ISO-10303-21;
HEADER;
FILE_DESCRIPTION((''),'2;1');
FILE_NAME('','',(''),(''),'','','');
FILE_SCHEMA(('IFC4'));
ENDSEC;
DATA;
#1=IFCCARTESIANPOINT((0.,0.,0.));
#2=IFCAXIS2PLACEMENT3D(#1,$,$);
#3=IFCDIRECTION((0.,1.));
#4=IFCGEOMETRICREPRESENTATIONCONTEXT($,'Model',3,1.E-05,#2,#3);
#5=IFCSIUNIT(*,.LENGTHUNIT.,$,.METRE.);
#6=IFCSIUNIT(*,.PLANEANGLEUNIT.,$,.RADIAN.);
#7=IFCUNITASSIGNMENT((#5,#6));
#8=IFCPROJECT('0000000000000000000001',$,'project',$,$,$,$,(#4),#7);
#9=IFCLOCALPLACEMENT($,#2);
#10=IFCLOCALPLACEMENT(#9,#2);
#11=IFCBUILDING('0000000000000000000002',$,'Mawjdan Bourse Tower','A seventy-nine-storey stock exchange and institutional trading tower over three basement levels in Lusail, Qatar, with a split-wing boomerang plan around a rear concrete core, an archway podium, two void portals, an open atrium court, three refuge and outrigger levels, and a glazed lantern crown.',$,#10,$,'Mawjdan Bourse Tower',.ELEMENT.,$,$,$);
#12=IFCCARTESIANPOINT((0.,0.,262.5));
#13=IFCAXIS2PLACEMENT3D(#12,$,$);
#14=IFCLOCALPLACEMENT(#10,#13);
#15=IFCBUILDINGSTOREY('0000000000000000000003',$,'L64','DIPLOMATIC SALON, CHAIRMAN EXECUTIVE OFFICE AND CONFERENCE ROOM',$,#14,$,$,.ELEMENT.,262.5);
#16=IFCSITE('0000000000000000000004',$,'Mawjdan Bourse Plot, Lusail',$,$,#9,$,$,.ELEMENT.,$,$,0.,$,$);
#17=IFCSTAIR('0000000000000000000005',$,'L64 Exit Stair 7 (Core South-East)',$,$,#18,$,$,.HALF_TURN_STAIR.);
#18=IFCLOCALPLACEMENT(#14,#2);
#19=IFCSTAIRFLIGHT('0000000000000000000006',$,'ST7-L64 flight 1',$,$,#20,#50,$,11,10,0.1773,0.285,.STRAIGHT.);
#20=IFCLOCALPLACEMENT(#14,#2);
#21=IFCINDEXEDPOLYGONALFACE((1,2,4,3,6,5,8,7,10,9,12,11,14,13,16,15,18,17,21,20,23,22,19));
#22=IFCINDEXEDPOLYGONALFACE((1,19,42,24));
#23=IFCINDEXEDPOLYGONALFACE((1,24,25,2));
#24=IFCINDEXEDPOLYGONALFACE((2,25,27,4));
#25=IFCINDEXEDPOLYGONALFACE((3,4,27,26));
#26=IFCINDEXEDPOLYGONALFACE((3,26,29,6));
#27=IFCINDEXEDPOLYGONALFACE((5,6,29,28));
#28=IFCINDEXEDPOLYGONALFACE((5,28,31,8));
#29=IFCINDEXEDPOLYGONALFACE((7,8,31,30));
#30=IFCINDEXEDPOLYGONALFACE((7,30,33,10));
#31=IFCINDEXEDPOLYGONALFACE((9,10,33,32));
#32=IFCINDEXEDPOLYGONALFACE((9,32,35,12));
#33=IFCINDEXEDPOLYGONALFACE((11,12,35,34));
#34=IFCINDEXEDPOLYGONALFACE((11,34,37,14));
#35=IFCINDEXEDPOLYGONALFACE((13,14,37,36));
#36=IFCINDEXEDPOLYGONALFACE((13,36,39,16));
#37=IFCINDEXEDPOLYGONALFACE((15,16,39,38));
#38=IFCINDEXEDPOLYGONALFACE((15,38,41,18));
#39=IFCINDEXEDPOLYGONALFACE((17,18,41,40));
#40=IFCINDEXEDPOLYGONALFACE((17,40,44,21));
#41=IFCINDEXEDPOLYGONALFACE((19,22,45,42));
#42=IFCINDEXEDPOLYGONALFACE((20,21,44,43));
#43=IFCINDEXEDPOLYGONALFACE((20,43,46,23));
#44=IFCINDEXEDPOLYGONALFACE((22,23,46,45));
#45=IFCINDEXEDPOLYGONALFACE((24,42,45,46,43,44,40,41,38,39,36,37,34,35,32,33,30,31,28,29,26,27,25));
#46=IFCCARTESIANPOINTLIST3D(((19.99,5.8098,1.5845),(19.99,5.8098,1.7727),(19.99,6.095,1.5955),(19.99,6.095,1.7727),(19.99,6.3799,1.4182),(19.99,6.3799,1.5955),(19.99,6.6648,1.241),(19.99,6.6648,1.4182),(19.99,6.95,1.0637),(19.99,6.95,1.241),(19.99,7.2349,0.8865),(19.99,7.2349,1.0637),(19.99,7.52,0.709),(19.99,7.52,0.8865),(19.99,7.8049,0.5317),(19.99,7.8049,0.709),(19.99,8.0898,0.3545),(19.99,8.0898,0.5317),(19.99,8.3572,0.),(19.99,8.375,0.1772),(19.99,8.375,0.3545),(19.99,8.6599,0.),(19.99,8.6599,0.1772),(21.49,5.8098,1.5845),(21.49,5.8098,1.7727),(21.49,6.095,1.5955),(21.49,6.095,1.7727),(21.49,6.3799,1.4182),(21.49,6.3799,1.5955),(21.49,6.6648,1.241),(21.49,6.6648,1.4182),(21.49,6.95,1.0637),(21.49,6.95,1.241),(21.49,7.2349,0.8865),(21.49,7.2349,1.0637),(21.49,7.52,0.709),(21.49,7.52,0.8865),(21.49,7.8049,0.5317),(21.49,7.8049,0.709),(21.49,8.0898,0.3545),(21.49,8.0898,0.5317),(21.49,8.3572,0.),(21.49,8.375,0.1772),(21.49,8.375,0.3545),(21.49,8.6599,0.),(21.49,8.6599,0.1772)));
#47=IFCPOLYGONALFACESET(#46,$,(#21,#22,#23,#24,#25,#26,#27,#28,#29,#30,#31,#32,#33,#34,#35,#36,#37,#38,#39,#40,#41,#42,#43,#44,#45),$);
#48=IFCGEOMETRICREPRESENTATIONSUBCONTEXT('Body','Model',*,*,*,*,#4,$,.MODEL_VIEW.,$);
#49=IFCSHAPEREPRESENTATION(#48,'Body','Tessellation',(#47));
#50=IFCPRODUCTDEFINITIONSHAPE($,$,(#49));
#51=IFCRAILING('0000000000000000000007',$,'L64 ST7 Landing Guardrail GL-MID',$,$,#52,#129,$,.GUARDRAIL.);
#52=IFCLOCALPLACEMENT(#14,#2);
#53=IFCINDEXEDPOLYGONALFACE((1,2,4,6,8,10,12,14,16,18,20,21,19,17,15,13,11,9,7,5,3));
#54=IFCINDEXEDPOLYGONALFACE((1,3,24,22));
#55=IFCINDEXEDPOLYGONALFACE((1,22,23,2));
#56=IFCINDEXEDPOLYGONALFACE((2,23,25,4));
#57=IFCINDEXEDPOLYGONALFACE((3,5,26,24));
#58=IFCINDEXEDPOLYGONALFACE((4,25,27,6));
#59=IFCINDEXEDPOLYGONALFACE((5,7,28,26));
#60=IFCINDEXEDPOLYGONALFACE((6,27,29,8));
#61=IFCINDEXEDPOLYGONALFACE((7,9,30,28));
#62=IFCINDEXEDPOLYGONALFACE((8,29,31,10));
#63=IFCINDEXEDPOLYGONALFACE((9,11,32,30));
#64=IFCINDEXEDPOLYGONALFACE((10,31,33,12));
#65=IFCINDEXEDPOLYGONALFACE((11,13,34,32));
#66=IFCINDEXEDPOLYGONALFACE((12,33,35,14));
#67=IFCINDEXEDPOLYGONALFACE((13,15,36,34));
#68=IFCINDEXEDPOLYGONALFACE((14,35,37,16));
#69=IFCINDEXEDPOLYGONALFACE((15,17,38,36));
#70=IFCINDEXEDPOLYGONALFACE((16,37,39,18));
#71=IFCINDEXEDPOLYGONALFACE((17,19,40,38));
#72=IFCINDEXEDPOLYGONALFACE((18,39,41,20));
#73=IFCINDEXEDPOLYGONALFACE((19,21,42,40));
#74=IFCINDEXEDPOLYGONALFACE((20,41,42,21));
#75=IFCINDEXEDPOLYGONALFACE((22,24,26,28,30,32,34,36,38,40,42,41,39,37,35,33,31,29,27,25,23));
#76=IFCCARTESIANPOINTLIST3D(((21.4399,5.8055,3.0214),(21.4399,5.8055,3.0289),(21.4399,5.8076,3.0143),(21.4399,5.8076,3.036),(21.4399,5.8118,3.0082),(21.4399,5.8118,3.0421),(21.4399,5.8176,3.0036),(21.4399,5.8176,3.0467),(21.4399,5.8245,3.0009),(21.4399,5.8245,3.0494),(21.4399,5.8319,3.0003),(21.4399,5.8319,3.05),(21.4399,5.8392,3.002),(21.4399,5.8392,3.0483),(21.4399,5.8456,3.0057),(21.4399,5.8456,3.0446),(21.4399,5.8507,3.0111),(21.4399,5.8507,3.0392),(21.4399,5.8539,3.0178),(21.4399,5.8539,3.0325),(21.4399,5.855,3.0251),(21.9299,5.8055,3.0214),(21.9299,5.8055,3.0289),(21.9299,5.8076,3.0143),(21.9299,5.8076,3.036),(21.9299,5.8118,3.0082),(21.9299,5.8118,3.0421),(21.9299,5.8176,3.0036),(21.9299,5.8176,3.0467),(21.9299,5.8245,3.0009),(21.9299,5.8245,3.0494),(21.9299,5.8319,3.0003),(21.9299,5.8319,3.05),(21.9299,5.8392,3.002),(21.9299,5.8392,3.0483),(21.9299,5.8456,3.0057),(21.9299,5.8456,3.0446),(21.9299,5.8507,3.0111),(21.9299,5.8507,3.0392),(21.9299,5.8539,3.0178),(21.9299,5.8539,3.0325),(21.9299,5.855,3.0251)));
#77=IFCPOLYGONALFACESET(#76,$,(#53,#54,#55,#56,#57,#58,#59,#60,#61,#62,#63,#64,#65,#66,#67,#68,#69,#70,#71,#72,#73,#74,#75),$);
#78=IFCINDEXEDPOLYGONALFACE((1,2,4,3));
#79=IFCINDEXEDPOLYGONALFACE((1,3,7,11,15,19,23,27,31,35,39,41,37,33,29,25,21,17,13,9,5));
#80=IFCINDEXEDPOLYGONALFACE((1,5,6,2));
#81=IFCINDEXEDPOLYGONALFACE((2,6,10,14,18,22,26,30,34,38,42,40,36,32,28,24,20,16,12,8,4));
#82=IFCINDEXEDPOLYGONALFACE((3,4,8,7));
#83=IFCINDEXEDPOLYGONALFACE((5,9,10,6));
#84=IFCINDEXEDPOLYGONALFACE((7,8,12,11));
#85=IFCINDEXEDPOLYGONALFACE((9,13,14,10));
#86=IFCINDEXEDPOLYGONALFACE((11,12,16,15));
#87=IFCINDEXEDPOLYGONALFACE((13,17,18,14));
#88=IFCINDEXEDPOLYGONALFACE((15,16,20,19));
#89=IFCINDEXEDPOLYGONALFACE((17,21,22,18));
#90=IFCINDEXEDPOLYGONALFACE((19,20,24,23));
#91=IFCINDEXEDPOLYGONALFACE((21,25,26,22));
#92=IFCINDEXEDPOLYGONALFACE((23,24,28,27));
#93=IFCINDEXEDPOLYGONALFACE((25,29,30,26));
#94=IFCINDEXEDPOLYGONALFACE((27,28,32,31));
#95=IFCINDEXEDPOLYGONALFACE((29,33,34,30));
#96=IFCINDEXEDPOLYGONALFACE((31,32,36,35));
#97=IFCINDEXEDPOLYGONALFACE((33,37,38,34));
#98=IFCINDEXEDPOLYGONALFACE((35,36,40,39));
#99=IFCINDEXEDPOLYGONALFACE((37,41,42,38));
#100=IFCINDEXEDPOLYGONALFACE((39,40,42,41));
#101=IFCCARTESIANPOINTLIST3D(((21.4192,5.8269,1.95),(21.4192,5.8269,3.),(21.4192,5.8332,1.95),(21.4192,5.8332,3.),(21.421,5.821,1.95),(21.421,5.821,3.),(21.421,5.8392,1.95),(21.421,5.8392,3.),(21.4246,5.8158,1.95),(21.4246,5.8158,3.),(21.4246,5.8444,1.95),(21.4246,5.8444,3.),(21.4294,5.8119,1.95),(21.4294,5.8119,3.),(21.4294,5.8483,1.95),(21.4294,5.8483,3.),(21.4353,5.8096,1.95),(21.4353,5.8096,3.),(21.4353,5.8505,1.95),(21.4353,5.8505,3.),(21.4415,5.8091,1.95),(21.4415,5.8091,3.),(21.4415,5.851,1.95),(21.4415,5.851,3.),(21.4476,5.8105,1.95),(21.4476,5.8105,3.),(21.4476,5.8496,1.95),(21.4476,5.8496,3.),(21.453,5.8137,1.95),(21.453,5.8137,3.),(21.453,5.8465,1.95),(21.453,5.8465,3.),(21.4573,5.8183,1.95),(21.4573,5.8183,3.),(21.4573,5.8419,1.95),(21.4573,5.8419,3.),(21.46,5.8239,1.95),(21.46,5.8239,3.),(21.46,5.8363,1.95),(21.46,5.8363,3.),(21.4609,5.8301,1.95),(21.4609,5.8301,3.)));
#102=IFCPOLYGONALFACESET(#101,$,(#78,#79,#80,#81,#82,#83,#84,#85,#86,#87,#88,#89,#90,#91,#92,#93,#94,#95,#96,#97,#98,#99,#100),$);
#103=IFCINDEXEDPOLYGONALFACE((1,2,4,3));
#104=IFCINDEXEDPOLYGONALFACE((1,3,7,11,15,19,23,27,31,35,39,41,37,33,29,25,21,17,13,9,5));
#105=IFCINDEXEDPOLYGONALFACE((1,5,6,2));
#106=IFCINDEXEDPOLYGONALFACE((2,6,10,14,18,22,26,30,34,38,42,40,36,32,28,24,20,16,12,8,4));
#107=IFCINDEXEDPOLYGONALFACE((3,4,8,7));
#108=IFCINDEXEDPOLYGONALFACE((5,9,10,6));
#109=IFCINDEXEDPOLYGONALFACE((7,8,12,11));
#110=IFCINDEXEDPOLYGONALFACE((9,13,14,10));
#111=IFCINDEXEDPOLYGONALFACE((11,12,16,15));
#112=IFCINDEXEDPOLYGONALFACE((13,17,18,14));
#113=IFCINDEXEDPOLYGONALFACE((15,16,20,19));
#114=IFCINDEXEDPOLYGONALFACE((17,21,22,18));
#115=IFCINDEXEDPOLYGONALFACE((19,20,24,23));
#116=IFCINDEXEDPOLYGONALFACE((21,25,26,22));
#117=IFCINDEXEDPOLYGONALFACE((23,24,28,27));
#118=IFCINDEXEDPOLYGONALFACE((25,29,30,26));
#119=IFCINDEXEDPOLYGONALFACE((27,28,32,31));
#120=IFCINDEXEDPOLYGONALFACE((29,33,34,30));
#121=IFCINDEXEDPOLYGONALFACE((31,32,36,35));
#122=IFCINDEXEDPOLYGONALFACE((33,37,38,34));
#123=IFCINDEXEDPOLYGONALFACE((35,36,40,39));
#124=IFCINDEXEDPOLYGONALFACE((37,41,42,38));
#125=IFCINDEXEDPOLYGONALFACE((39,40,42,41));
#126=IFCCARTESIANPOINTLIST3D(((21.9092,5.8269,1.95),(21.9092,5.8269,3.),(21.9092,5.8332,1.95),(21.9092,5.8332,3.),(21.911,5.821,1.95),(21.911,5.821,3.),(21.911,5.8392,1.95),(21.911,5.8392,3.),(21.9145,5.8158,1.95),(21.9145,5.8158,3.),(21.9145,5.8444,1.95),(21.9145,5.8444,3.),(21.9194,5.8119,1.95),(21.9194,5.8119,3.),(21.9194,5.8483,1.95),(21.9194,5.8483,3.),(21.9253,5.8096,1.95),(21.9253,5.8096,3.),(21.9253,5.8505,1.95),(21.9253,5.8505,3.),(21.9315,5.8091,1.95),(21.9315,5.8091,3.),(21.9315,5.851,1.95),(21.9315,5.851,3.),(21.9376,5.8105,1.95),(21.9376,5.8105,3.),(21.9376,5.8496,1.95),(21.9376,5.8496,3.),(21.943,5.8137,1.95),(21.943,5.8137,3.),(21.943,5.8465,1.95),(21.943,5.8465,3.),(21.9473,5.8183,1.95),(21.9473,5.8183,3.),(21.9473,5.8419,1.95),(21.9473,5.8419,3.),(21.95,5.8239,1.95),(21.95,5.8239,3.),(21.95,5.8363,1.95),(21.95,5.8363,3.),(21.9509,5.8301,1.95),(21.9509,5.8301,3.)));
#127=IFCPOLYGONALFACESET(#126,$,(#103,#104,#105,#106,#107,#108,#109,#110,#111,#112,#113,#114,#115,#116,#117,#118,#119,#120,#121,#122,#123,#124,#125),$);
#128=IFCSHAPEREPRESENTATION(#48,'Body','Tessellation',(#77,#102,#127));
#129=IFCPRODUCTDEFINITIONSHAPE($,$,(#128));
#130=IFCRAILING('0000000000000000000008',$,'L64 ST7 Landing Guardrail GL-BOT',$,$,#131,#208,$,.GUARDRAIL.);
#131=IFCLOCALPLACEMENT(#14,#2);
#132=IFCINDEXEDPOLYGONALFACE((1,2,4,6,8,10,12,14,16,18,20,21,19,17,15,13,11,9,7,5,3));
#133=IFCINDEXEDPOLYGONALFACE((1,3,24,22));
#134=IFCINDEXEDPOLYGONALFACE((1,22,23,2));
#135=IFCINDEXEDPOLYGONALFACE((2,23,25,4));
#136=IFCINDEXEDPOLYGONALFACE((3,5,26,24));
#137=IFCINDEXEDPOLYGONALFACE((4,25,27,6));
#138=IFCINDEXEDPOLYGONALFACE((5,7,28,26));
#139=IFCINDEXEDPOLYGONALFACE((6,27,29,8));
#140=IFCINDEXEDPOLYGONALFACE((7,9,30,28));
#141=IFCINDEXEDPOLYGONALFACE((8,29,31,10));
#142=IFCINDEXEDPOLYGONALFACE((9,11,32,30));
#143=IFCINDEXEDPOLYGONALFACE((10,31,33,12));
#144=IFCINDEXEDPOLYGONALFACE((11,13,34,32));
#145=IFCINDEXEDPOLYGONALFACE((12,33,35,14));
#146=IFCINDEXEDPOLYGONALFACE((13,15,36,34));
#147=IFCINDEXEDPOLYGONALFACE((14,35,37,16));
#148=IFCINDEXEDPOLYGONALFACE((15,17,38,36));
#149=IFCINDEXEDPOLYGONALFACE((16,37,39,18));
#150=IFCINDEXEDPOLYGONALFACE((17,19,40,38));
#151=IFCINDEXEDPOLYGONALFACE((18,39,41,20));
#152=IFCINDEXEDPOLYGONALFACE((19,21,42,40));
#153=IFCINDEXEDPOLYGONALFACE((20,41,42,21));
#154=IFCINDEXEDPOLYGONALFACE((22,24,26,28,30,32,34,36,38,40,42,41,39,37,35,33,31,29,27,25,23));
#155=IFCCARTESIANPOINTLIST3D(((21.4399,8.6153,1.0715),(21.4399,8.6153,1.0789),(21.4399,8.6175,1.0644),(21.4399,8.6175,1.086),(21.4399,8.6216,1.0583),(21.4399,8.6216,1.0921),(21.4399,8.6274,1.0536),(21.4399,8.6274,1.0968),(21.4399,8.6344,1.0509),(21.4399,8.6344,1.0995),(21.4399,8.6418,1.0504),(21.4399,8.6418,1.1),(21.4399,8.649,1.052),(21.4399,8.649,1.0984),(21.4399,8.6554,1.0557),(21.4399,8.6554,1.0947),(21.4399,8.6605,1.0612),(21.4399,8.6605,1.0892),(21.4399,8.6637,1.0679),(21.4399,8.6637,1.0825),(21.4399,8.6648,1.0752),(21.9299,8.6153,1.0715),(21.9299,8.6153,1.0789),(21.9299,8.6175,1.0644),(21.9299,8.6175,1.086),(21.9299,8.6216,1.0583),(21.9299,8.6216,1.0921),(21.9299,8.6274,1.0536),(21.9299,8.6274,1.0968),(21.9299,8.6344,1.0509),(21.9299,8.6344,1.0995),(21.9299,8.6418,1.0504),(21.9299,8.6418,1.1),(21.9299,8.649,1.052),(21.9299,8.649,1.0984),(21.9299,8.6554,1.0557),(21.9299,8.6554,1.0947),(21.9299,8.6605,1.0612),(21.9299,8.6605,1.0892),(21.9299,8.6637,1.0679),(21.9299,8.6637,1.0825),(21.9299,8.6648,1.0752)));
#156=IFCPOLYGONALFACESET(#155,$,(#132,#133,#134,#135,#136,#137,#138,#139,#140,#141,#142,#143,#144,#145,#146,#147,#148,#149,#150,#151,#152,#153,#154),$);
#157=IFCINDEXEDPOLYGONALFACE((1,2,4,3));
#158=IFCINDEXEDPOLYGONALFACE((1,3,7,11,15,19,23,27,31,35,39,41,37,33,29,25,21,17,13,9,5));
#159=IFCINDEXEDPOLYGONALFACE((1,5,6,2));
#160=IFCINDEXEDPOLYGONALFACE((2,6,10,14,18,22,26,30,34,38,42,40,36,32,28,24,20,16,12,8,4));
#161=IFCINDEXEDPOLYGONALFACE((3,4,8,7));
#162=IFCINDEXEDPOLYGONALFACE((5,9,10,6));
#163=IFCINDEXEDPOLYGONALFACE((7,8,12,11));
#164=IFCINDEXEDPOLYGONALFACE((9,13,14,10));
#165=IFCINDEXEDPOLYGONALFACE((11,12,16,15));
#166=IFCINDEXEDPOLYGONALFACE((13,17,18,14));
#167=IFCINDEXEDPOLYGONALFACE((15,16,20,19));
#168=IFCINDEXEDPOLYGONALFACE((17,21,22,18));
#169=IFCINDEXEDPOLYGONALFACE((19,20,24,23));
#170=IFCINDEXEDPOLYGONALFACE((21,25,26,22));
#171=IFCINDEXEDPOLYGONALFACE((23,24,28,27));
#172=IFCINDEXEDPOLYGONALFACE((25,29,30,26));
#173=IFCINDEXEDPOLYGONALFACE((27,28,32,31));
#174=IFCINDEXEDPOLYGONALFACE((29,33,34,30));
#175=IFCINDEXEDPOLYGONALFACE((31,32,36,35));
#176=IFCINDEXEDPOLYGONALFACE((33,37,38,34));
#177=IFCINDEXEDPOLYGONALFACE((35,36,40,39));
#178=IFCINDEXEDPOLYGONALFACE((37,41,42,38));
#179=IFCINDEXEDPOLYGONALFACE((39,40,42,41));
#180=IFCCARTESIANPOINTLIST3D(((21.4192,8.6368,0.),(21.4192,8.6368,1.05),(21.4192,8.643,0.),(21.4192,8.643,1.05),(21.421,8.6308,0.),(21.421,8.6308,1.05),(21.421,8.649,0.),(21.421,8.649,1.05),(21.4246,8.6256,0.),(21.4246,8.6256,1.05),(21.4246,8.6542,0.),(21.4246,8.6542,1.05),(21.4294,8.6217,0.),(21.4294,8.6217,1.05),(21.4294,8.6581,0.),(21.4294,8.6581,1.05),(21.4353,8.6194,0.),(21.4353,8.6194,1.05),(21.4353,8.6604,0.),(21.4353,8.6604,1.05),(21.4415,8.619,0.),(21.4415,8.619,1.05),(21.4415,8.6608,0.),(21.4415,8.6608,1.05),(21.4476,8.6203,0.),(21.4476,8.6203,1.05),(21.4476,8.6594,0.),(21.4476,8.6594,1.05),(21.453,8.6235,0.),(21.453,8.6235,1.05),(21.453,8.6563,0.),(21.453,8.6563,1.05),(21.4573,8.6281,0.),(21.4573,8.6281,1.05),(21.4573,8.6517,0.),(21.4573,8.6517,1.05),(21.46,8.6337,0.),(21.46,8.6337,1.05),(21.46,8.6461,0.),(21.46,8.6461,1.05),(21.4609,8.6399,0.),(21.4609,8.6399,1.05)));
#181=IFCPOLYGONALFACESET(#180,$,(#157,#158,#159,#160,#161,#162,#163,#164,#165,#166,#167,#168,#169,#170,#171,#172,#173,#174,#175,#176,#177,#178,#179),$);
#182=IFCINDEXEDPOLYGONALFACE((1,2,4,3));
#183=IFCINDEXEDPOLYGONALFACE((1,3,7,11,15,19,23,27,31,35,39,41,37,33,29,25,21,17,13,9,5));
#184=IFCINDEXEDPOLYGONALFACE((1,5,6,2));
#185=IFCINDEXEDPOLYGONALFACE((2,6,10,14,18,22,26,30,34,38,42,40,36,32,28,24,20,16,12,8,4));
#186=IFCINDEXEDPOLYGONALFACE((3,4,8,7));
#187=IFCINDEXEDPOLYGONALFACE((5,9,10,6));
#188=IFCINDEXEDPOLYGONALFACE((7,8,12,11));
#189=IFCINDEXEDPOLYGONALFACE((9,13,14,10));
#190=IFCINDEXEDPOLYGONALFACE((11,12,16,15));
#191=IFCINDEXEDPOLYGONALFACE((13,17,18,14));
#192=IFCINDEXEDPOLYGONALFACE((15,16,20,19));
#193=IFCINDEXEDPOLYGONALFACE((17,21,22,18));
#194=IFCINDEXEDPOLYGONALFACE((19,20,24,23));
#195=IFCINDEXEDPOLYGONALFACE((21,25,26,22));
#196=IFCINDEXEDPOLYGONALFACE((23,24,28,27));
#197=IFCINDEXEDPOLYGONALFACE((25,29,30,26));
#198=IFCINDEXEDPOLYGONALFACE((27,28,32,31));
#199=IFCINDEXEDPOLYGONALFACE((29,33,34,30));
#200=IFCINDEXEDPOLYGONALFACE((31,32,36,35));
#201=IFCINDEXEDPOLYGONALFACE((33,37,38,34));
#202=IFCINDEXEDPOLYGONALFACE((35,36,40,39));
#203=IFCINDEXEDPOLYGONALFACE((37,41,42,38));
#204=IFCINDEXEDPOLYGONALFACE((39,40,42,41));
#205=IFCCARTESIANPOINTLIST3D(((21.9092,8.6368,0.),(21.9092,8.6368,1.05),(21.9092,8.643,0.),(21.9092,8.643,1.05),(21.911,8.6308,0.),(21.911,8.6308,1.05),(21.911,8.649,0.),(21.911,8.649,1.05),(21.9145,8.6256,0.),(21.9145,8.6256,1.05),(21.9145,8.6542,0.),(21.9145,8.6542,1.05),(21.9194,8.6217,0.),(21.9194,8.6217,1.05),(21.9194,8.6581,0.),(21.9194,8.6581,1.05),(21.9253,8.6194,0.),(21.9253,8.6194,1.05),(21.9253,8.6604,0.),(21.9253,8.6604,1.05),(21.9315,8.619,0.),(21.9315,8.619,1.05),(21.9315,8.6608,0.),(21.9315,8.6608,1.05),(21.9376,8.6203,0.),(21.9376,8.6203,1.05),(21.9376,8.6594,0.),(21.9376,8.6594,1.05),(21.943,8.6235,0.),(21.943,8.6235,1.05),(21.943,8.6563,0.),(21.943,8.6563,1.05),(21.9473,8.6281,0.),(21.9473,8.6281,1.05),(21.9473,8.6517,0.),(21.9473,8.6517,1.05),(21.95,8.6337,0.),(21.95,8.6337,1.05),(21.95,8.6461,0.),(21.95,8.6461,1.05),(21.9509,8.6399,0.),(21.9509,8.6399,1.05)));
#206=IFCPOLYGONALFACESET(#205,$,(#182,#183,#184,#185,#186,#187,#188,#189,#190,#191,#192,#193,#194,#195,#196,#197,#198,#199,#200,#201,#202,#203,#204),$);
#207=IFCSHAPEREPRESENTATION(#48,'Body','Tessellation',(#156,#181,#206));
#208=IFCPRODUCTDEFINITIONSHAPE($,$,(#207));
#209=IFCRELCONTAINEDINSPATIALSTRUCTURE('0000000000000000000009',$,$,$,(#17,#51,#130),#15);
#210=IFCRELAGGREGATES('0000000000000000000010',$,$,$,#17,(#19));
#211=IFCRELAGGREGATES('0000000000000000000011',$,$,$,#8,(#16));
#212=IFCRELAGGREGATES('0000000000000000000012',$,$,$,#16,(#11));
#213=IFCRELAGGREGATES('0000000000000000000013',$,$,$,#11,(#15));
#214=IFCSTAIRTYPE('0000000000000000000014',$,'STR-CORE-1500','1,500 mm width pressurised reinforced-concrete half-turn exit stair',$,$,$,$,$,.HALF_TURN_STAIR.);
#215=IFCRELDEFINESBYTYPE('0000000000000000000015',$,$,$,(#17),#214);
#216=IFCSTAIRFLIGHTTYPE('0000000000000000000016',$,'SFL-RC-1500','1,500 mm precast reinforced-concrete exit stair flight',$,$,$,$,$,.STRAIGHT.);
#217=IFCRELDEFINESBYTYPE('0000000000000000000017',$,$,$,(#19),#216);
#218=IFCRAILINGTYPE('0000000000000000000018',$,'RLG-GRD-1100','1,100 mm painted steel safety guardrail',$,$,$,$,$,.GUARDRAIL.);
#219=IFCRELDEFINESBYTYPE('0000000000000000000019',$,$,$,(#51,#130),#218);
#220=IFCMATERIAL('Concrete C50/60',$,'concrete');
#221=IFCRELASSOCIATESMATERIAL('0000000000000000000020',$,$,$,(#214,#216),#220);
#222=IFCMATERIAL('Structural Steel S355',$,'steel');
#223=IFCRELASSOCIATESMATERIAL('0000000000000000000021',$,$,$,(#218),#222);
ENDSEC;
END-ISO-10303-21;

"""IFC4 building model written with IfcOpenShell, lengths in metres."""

from ifc_helpers import new_model, si_unit, direction, frame, origin, origin_2d, place, context, subcontext, project, spatial, polyline, circle, outline, extrude, material, type_object, element, aggregate, save


model = new_model("IFC4")

# Units and contexts
model_context = context("Model", 3, precision=1e-05, world=origin(), true_north=direction((0.0, 1.0)))
body_context = subcontext(model_context, "Body", "Model", "MODEL_VIEW")
ifc_project = project(units=[si_unit("LENGTHUNIT", "METRE"), si_unit("PLANEANGLEUNIT", "RADIAN")], contexts=[model_context])

# Site, building, storey
site_placement = place(None, origin())
site = spatial("IfcSite", under=ifc_project, at=site_placement, Name="Mawjdan Bourse Plot, Lusail", CompositionType="ELEMENT", RefElevation=0.0)
building_placement = place(site_placement, origin())
building = spatial("IfcBuilding", under=site, at=building_placement, Name="Mawjdan Bourse Tower", Description="A seventy-nine-storey stock exchange and institutional trading tower over three basement levels in Lusail, Qatar, with a split-wing boomerang plan around a rear concrete core, an archway podium, two void portals, an open atrium court, three refuge and outrigger levels, and a glazed lantern crown.", LongName="Mawjdan Bourse Tower", CompositionType="ELEMENT")
storey_placement = place(building_placement, frame((0.0, 0.0, 262.5)))
storey = spatial("IfcBuildingStorey", under=building, at=storey_placement, Name="L64", Description="DIPLOMATIC SALON, CHAIRMAN EXECUTIVE OFFICE AND CONFERENCE ROOM", CompositionType="ELEMENT", Elevation=262.5)

# Shared definitions
ifc_material_1 = material(Name="Structural Steel S355", Category="steel")

# Shared definitions
ifc_material_2 = material(Name="Concrete C50/60", Category="concrete")

# Stair, stair flight
stair_type = type_object("IfcStairType", Name="STR-CORE-1500", Description="1,500 mm width pressurised reinforced-concrete half-turn exit stair", PredefinedType="HALF_TURN_STAIR", material=ifc_material_2)
stair_placement = place(storey_placement, origin())
stair = element("IfcStair", 1, at=stair_placement, inside=storey, type_object=stair_type, Name="L64 Exit Stair 7 (Core South-East)", PredefinedType="HALF_TURN_STAIR")
stair_flight_type = type_object("IfcStairFlightType", Name="SFL-RC-1500", Description="1,500 mm precast reinforced-concrete exit stair flight", PredefinedType="STRAIGHT", material=ifc_material_2)
stair_flight_placement = place(storey_placement, frame((20.74, 8.6599, 0.0), z_axis=(0.0, 0.0, 1.0), x_axis=(0.0, -1.0, 0.0)))
stair_flight = element("IfcStairFlight", 2, at=stair_flight_placement, type_object=stair_flight_type, Name="ST7-L64 flight 1", NumberOfRisers=11, NumberOfTreads=10, PredefinedType="STRAIGHT", RiserHeight=0.1773, TreadLength=0.285, context=body_context, shape_type="SweptSolid", body=[
    extrude(outline(polyline([(0.0, 0.0), (0.0, 0.1772), (0.2849, 0.1772), (0.2849, 0.3545), (0.5701, 0.3545), (0.5701, 0.5317), (0.855, 0.5317), (0.855, 0.709), (1.1399, 0.709), (1.1399, 0.8865), (1.425, 0.8865), (1.425, 1.0637), (1.71, 1.0637), (1.71, 1.241), (1.9951, 1.241), (1.9951, 1.4182), (2.28, 1.4182), (2.28, 1.5955), (2.5649, 1.5955), (2.5649, 1.7727), (2.8501, 1.7727), (2.8501, 1.95), (2.8501, 1.5845), (0.3027, 0.0), (0.0, 0.0)])), frame((0.0, 0.75, 0.0), z_axis=(0.0, -1.0, 0.0), x_axis=(1.0, 0.0, 0.0)), (0.0, 0.0, 1.0), 1.5),
])
aggregate(stair, [stair_flight])

# Railings
railing_type = type_object("IfcRailingType", Name="RLG-GRD-1100", Description="1,100 mm painted steel safety guardrail", PredefinedType="GUARDRAIL", material=ifc_material_1)
for number, where, name in (
    (3, (21.4399, 5.8301, 1.95), "L64 ST7 Landing Guardrail GL-MID"),
    (4, (21.4399, 8.6399, 0.0), "L64 ST7 Landing Guardrail GL-BOT"),
):
    element("IfcRailing", number, at=place(storey_placement, frame(where)), inside=storey, type_object=railing_type, Name=name, PredefinedType="GUARDRAIL", context=body_context, shape_type="SweptSolid", body=[
        extrude(circle(Radius=0.0249, at=origin_2d()), frame((0.0, 0.0, 1.0752), z_axis=(1.0, 0.0, 0.0), x_axis=(0.0, 1.0, 0.0)), (0.0, 0.0, 1.0), 0.49),
        extrude(circle(Radius=0.021, at=origin_2d()), origin(), (0.0, 0.0, 1.0), 1.05),
        extrude(circle(Radius=0.021, at=origin_2d()), frame((0.49, 0.0, 0.0)), (0.0, 0.0, 1.0), 1.05),
    ])

save(model, "model.ifc")
